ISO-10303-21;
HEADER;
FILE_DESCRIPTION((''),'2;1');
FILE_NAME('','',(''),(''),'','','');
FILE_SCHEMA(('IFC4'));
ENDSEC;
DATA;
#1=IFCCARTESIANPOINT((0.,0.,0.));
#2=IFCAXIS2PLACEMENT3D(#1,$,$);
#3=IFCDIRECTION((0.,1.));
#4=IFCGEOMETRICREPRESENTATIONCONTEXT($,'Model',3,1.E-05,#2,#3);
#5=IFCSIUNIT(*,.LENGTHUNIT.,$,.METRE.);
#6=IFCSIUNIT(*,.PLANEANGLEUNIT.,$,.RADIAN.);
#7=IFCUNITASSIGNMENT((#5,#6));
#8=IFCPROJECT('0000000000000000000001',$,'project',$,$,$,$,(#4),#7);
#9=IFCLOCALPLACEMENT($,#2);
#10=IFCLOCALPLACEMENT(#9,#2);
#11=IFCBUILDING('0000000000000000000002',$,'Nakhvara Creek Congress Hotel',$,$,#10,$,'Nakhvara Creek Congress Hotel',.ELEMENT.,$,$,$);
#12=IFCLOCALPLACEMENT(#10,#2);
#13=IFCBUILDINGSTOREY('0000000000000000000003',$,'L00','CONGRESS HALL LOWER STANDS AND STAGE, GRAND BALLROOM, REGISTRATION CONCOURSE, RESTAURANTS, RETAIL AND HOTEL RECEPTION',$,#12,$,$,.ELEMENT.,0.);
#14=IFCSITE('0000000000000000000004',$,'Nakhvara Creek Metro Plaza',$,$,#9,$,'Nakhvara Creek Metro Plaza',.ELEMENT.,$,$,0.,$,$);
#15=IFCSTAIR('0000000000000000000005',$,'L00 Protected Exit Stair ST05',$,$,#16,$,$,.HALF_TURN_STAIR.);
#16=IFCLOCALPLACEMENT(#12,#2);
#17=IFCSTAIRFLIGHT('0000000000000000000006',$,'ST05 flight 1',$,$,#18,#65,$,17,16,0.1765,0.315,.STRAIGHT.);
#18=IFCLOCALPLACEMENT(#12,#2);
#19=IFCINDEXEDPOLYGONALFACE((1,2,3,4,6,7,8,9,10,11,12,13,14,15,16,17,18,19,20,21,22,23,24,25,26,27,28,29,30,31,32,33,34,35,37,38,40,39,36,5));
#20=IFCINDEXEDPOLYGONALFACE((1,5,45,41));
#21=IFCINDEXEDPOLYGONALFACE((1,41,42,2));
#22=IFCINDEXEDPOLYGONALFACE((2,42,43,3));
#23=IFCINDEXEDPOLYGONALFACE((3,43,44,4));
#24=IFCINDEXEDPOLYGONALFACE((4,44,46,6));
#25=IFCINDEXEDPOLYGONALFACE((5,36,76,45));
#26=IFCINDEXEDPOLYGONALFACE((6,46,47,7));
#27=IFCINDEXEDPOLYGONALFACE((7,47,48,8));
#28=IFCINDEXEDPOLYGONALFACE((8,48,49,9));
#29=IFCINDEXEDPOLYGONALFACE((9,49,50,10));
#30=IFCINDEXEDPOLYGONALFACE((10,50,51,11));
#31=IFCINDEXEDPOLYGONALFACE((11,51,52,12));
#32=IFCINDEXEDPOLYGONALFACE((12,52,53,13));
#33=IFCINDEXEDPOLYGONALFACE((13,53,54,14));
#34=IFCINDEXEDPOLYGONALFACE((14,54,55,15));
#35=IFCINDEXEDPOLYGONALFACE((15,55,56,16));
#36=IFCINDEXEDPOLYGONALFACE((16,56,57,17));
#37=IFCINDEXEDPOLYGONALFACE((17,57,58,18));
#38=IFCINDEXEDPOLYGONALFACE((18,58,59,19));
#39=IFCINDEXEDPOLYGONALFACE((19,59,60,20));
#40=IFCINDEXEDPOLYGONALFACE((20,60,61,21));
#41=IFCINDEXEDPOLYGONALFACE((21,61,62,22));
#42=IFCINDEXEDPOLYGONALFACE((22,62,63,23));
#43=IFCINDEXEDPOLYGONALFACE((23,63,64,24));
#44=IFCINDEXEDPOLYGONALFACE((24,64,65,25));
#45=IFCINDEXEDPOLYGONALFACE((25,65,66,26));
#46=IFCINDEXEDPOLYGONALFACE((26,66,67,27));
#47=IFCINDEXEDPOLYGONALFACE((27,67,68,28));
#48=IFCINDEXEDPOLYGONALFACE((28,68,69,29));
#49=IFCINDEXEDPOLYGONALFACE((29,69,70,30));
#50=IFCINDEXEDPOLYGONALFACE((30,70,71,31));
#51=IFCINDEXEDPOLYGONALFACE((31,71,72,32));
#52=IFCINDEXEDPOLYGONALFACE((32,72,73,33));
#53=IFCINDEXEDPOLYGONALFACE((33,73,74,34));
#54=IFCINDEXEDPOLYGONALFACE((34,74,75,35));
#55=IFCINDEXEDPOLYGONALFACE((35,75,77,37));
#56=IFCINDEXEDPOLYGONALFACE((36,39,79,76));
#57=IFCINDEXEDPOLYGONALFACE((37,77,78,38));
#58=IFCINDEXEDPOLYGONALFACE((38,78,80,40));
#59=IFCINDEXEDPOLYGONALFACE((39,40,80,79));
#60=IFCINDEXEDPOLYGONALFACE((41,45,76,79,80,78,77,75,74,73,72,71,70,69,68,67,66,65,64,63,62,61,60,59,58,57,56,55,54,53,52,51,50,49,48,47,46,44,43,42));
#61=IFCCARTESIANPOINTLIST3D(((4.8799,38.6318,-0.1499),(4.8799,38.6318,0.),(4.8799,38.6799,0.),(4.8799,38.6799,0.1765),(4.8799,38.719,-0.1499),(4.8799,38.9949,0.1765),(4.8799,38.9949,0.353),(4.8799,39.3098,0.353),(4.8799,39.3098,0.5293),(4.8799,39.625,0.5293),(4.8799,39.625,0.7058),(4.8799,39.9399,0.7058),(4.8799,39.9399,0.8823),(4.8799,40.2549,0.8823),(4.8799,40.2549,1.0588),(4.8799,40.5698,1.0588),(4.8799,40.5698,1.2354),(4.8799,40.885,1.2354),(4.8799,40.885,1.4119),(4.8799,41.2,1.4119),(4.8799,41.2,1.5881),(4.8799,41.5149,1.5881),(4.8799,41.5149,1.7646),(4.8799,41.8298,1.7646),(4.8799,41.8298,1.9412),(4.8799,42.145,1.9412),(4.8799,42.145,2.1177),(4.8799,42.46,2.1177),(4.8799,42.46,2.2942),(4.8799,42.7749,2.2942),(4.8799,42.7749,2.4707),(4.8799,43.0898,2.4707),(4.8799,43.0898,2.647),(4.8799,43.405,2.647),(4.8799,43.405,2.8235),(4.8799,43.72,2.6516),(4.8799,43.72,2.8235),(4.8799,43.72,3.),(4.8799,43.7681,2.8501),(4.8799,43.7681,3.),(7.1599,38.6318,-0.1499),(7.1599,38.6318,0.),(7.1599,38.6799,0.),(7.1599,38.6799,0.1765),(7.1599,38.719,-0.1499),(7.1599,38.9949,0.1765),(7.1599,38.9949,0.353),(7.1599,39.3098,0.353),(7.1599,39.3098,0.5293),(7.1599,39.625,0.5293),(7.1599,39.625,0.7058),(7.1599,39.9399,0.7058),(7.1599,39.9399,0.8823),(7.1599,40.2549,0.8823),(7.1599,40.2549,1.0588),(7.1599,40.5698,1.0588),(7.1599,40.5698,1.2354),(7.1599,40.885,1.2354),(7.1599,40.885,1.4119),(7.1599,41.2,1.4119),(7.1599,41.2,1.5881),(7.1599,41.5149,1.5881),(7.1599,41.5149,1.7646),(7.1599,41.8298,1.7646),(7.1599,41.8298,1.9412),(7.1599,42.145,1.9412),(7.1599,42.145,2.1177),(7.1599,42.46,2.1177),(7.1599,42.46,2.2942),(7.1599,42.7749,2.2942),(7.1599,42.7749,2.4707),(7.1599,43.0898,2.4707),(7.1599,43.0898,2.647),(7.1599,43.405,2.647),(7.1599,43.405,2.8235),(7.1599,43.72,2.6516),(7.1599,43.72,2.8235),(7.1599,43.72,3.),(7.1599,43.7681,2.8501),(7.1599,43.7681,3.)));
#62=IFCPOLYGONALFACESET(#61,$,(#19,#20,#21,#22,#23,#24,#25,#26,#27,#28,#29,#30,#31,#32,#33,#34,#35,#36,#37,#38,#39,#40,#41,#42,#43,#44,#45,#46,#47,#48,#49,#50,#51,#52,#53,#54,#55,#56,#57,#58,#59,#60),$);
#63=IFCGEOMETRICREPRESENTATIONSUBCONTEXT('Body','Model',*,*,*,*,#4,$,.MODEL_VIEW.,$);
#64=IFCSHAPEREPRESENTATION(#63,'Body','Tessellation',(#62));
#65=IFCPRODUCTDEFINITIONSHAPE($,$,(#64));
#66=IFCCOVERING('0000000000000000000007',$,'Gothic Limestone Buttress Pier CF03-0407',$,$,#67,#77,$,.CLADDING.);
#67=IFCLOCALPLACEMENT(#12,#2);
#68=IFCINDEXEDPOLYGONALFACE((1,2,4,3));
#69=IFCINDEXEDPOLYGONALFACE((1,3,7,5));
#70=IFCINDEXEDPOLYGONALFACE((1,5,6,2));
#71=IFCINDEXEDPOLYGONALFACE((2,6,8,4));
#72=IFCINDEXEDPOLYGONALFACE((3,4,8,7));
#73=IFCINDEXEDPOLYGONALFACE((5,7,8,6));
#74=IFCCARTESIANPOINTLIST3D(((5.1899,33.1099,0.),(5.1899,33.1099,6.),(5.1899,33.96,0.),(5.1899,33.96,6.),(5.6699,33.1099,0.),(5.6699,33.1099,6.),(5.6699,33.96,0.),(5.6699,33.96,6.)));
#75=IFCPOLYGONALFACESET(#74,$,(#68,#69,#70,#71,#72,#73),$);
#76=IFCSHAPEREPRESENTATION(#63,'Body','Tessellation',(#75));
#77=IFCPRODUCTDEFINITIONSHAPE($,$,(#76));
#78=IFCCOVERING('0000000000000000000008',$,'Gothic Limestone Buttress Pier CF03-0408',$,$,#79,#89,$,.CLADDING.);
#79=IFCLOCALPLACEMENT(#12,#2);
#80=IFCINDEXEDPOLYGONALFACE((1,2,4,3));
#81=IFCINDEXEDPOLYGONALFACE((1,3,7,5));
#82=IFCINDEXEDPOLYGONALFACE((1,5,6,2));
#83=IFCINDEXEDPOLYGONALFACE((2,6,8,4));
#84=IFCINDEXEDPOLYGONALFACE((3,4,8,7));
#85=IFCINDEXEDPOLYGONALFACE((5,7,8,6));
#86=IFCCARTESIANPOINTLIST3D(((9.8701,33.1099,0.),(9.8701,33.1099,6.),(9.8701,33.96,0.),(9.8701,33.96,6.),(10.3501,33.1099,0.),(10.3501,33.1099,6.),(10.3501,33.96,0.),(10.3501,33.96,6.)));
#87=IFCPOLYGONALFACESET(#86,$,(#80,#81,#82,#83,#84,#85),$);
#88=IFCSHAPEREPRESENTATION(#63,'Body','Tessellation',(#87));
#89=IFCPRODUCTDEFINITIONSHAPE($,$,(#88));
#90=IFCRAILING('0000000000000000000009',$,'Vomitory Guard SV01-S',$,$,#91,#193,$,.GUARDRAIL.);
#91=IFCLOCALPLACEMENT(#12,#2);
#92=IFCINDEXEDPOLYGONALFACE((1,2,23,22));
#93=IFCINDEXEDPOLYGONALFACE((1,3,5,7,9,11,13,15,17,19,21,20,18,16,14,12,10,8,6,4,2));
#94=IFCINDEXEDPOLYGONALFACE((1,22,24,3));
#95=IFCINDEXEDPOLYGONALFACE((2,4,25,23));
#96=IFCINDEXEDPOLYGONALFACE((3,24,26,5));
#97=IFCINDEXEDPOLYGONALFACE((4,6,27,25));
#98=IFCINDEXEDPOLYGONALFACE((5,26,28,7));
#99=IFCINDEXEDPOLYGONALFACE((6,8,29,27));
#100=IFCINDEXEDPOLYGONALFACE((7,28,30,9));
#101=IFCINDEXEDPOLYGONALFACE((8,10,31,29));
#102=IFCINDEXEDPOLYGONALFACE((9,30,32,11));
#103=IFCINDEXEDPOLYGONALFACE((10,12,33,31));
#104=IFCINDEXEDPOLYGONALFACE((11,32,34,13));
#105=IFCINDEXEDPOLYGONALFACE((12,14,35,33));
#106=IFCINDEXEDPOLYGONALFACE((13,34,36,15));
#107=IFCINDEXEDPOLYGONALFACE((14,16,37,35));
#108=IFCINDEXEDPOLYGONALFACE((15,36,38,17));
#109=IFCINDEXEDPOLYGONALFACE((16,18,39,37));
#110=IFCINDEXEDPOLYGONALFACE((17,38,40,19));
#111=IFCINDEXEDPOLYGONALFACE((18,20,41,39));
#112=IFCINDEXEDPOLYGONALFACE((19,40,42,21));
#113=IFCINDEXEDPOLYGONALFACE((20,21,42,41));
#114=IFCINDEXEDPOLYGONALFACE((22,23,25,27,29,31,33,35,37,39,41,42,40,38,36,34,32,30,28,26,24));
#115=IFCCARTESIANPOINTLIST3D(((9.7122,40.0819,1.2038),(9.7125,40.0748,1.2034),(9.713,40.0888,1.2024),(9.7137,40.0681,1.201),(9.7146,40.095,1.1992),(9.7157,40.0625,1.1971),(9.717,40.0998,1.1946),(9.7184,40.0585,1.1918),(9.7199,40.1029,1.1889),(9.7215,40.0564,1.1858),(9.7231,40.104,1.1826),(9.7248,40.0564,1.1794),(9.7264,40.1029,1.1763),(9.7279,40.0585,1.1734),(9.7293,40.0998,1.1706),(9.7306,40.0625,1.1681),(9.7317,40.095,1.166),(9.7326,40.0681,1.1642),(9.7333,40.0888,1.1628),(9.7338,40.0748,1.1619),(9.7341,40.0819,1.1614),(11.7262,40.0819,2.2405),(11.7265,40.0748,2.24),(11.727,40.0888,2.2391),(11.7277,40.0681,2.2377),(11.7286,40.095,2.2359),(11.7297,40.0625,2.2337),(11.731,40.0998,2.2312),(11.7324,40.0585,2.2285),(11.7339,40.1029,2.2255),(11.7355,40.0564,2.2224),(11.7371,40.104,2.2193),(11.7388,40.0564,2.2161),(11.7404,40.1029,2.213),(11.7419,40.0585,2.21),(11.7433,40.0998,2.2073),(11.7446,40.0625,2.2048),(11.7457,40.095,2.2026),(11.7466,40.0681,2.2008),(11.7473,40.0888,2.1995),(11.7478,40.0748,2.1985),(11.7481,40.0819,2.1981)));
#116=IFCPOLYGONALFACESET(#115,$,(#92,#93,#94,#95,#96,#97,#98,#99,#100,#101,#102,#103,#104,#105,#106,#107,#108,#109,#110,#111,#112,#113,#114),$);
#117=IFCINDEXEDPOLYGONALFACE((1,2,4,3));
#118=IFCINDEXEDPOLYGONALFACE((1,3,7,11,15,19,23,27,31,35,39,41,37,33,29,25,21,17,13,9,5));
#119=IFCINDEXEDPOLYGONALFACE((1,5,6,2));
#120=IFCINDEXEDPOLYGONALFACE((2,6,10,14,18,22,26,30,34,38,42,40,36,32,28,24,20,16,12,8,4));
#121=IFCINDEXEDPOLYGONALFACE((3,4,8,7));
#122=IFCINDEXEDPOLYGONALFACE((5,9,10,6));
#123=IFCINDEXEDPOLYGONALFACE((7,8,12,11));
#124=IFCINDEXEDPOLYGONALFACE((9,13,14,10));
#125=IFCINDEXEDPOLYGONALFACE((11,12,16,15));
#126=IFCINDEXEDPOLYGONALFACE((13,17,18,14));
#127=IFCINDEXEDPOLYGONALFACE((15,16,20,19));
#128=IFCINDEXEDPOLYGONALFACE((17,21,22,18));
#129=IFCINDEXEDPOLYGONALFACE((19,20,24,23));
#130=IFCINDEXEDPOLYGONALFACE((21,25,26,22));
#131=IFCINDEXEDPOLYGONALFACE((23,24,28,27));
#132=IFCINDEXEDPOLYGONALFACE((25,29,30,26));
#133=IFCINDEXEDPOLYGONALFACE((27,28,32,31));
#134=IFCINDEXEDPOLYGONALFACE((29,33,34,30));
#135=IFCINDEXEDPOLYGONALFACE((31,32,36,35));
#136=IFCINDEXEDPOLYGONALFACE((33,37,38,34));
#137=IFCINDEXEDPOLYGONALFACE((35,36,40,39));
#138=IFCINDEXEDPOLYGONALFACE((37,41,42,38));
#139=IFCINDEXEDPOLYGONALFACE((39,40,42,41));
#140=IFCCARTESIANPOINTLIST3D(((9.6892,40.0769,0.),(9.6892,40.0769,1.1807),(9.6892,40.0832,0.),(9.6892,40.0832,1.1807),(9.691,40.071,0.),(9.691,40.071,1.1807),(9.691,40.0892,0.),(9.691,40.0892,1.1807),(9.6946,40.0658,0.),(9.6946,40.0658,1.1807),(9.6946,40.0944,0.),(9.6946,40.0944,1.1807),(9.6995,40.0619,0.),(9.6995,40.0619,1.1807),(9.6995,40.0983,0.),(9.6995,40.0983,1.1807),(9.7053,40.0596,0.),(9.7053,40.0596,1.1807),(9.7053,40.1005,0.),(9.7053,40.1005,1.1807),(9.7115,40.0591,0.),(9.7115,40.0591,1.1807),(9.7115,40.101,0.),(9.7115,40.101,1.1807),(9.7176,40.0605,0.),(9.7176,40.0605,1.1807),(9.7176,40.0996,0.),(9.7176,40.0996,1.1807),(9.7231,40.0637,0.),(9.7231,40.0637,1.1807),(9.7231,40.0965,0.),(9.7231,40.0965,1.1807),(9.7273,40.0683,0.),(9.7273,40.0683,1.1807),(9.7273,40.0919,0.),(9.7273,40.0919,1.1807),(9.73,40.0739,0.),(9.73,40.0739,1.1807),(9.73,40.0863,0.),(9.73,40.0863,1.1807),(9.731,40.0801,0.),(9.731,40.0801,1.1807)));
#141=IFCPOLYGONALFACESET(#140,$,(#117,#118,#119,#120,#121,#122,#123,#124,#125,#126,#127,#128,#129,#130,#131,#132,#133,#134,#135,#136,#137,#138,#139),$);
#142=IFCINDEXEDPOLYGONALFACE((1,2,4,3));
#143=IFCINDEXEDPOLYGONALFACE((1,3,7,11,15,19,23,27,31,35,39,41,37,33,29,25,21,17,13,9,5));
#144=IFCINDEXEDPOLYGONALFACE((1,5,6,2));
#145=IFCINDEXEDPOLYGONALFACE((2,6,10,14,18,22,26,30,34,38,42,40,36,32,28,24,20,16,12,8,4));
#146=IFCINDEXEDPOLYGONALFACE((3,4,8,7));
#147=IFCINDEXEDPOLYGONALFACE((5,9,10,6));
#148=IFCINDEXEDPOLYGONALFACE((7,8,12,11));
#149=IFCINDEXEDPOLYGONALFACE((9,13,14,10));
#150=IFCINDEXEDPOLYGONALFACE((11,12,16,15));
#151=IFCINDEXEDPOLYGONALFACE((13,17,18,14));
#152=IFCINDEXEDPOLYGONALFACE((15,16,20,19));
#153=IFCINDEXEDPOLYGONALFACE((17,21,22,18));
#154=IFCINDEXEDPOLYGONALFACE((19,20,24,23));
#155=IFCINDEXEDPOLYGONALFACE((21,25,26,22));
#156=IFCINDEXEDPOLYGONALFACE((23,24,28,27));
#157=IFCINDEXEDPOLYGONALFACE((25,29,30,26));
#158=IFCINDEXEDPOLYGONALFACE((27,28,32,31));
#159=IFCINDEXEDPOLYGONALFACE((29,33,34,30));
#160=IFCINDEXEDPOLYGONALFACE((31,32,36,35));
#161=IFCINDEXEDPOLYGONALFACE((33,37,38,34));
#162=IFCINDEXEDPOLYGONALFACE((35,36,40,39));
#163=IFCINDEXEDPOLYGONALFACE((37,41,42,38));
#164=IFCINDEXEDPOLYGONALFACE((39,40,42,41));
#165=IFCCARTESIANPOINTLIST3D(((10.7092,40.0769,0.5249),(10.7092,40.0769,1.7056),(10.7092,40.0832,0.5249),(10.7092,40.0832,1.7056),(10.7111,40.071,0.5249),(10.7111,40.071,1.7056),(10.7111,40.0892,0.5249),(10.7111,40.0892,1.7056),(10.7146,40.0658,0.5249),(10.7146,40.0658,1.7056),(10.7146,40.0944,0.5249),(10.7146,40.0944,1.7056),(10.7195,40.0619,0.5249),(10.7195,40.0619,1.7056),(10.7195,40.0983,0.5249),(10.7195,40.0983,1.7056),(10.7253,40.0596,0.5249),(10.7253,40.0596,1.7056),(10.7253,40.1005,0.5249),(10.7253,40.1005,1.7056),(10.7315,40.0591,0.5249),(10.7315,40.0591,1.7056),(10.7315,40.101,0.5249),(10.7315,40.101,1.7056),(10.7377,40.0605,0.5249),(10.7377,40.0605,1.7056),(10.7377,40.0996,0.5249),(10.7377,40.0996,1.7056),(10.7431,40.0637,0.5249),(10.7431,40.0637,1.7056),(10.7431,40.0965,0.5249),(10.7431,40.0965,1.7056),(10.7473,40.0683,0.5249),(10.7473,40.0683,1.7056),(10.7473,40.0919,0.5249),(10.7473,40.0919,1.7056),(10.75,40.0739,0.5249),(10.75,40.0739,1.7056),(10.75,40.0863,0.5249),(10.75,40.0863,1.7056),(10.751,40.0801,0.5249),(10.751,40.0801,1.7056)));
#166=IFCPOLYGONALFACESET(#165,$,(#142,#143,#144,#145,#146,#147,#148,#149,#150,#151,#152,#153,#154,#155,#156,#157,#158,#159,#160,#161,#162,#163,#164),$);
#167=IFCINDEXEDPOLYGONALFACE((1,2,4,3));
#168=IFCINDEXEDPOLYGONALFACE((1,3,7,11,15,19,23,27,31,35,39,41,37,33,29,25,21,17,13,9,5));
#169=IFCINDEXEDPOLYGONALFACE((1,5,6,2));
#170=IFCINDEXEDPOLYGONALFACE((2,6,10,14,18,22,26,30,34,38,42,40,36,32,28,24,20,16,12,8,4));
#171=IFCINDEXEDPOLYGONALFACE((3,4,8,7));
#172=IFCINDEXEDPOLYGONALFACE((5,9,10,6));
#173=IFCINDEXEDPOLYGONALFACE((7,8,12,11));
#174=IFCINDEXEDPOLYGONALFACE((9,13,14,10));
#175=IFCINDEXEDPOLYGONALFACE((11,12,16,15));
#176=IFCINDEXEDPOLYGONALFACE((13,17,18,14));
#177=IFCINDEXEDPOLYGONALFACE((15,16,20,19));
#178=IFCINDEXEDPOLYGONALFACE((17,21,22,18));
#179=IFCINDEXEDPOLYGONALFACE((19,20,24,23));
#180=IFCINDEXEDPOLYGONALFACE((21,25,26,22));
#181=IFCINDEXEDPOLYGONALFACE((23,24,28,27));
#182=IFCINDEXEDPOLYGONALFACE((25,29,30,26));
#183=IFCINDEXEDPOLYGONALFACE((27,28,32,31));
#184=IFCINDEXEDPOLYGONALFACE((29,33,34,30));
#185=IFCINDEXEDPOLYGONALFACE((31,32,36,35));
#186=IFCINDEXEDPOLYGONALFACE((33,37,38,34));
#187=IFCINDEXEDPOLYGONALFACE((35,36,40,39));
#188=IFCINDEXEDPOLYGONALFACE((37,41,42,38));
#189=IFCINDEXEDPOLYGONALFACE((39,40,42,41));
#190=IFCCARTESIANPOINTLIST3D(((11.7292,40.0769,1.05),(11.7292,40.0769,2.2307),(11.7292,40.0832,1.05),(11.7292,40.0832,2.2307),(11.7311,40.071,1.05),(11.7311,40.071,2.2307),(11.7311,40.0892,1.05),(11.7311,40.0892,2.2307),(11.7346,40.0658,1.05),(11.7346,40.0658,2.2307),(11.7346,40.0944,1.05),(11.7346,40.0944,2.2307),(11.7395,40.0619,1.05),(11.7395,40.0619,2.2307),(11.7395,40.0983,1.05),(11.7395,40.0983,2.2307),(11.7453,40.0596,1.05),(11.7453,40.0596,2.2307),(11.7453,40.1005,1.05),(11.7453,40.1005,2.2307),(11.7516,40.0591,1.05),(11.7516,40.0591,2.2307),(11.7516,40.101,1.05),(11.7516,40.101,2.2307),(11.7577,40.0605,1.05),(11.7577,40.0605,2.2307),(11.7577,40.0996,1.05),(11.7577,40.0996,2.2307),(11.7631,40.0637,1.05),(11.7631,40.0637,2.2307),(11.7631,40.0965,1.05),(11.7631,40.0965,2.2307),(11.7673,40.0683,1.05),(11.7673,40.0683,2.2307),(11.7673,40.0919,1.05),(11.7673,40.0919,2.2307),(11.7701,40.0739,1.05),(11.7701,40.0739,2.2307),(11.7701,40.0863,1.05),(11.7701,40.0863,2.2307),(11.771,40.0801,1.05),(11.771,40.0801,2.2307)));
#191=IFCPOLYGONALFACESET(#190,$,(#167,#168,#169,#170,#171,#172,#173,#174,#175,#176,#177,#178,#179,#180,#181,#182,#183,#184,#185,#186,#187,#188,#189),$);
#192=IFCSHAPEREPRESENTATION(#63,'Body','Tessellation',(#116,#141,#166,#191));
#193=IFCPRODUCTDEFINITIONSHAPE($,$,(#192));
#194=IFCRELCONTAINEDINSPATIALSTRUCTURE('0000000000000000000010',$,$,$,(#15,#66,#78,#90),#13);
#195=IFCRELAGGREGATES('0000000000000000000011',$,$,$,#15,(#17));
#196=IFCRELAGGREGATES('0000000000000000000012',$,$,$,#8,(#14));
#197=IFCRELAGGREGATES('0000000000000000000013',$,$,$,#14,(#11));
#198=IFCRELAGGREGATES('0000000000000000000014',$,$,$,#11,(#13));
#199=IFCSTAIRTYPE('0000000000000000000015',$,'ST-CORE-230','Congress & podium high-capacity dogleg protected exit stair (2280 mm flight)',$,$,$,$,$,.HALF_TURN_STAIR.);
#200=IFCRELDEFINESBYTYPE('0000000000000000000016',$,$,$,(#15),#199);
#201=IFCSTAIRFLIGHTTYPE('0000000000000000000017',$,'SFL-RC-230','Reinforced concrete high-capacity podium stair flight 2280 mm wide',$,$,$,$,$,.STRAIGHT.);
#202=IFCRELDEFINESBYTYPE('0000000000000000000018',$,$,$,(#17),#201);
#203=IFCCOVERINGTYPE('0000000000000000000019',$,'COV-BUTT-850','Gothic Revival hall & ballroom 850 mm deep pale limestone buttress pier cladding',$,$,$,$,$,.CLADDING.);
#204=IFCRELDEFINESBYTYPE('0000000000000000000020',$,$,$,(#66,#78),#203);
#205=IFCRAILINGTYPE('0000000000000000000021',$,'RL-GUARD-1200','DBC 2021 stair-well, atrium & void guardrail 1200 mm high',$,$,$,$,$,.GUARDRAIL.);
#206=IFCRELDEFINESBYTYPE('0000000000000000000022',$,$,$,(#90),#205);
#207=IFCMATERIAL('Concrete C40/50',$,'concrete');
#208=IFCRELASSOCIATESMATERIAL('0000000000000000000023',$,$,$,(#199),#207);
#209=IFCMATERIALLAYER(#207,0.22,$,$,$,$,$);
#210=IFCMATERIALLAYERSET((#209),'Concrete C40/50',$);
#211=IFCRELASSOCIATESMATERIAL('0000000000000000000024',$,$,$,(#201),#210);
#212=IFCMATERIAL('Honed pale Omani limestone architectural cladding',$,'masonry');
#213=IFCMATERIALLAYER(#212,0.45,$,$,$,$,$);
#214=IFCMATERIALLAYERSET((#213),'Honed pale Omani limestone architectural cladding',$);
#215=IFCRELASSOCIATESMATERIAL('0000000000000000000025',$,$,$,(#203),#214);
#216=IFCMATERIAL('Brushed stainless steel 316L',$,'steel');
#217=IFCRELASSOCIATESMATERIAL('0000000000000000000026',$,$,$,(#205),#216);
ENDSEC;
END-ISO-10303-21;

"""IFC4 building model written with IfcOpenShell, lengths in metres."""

from ifc_helpers import new_model, si_unit, direction, frame, origin, origin_2d, place, context, subcontext, project, spatial, polyline, rectangle, circle, outline, extrude, material, layer, layer_set, type_object, element, aggregate, save


model = new_model("IFC4")

# Units and contexts
model_context = context("Model", 3, precision=1e-05, world=origin(), true_north=direction((0.0, 1.0)))
body_context = subcontext(model_context, "Body", "Model", "MODEL_VIEW")
ifc_project = project(units=[si_unit("LENGTHUNIT", "METRE"), si_unit("PLANEANGLEUNIT", "RADIAN")], contexts=[model_context])

# Site, building, storey
site_placement = place(None, origin())
site = spatial("IfcSite", under=ifc_project, at=site_placement, Name="Nakhvara Creek Metro Plaza", LongName="Nakhvara Creek Metro Plaza", CompositionType="ELEMENT", RefElevation=0.0)
building_placement = place(site_placement, origin())
building = spatial("IfcBuilding", under=site, at=building_placement, Name="Nakhvara Creek Congress Hotel", LongName="Nakhvara Creek Congress Hotel", CompositionType="ELEMENT")
storey_placement = place(building_placement, origin())
storey = spatial("IfcBuildingStorey", under=building, at=storey_placement, Name="L00", Description="CONGRESS HALL LOWER STANDS AND STAGE, GRAND BALLROOM, REGISTRATION CONCOURSE, RESTAURANTS, RETAIL AND HOTEL RECEPTION", CompositionType="ELEMENT", Elevation=0.0)

# Shared definitions
ifc_material_1 = material(Name="Concrete C40/50", Category="concrete")

# Stair, stair flight
stair_type_1 = type_object("IfcStairType", Name="ST-CORE-230", Description="Congress & podium high-capacity dogleg protected exit stair (2280 mm flight)", PredefinedType="HALF_TURN_STAIR", material=ifc_material_1)
stair_1_placement = place(storey_placement, origin())
stair_1 = element("IfcStair", 1, at=stair_1_placement, inside=storey, type_object=stair_type_1, Name="L00 Protected Exit Stair ST05", PredefinedType="HALF_TURN_STAIR")
ifc_layer_1 = layer(ifc_material_1, 0.22)
ifc_layer_set_1 = layer_set([ifc_layer_1], Name="Concrete C40/50")
stair_flight_type_1 = type_object("IfcStairFlightType", Name="SFL-RC-230", Description="Reinforced concrete high-capacity podium stair flight 2280 mm wide", PredefinedType="STRAIGHT", material=ifc_layer_set_1)
stair_flight_1_placement = place(storey_placement, frame((6.02, 38.6799, 0.0), z_axis=(0.0, 0.0, 1.0), x_axis=(0.0, 1.0, 0.0)))
stair_flight_1 = element("IfcStairFlight", 2, at=stair_flight_1_placement, type_object=stair_flight_type_1, Name="ST05 flight 1", NumberOfRisers=17, NumberOfTreads=16, PredefinedType="STRAIGHT", RiserHeight=0.1765, TreadLength=0.315, context=body_context, shape_type="SweptSolid", body=[
    extrude(outline(polyline([(-0.0481, 0.0), (0.0, 0.0), (0.0, 0.1765), (0.3149, 0.1765), (0.3149, 0.353), (0.6299, 0.353), (0.6299, 0.5293), (0.9451, 0.5293), (0.9451, 0.7058), (1.26, 0.7058), (1.26, 0.8823), (1.575, 0.8823), (1.575, 1.0588), (1.8899, 1.0588), (1.8899, 1.2354), (2.2051, 1.2354), (2.2051, 1.4119), (2.52, 1.4119), (2.52, 1.5881), (2.835, 1.5881), (2.835, 1.7646), (3.1499, 1.7646), (3.1499, 1.9412), (3.4651, 1.9412), (3.4651, 2.1177), (3.78, 2.1177), (3.78, 2.2942), (4.095, 2.2942), (4.095, 2.4707), (4.4099, 2.4707), (4.4099, 2.647), (4.7251, 2.647), (4.7251, 2.8235), (5.04, 2.8235), (5.04, 3.0), (5.0881, 3.0), (5.0881, 2.8501), (5.04, 2.6516), (0.0391, -0.1499), (-0.0481, -0.1499), (-0.0481, 0.0)])), frame((0.0, 1.1401, 0.0), z_axis=(0.0, -1.0, 0.0), x_axis=(1.0, 0.0, 0.0)), (0.0, 0.0, 1.0), 2.28),
])
aggregate(stair_1, [stair_flight_1])

# Coverings
ifc_material_2 = material(Name="Honed pale Omani limestone architectural cladding", Category="masonry")
ifc_layer_2 = layer(ifc_material_2, 0.45)
ifc_layer_set_2 = layer_set([ifc_layer_2], Name="Honed pale Omani limestone architectural cladding")
covering_type = type_object("IfcCoveringType", Name="COV-BUTT-850", Description="Gothic Revival hall & ballroom 850 mm deep pale limestone buttress pier cladding", PredefinedType="CLADDING", material=ifc_layer_set_2)
for number, where, z_axis, x_axis, name in (
    (3, (5.4299, 33.5349, 0.0), (0.0, 0.0, 1.0), (1.0, 0.0, 0.0), "Gothic Limestone Buttress Pier CF03-0407"),
    (4, (10.1101, 33.5349, 0.0), (0.0, 0.0, 1.0), (1.0, 0.0, 0.0), "Gothic Limestone Buttress Pier CF03-0408"),
):
    element("IfcCovering", number, at=place(storey_placement, frame(where, z_axis=z_axis, x_axis=x_axis)), inside=storey, type_object=covering_type, Name=name, PredefinedType="CLADDING", context=body_context, shape_type="SweptSolid", body=[
        extrude(rectangle(XDim=0.48, YDim=0.8501, at=origin_2d()), origin(), (0.0, 0.0, 1.0), 6.0),
    ])

# Railing
ifc_material_3 = material(Name="Brushed stainless steel 316L", Category="steel")
railing_type_1 = type_object("IfcRailingType", Name="RL-GUARD-1200", Description="DBC 2021 stair-well, atrium & void guardrail 1200 mm high", PredefinedType="GUARDRAIL", material=ifc_material_3)
for number, where, name in (
    (5, (9.71, 40.0801, 0.0), "Vomitory Guard SV01-S"),
):
    element("IfcRailing", number, at=place(storey_placement, frame(where)), inside=storey, type_object=railing_type_1, Name=name, PredefinedType="GUARDRAIL", context=body_context, shape_type="SweptSolid", body=[
        extrude(circle(Radius=0.0239, at=origin_2d()), frame((0.0132, 0.0, 1.1826), z_axis=(0.889131, 0.0, 0.457653), x_axis=(0.0, 1.0, 0.0)), (0.0, 0.0, 1.0), 2.2651),
        extrude(circle(Radius=0.021, at=origin_2d()), origin(), (0.0, 0.0, 1.0), 1.1807),
        extrude(circle(Radius=0.021, at=origin_2d()), frame((1.02, 0.0, 0.5249)), (0.0, 0.0, 1.0), 1.1807),
        extrude(circle(Radius=0.021, at=origin_2d()), frame((2.04, 0.0, 1.05)), (0.0, 0.0, 1.0), 1.1807),
    ])

save(model, "model.ifc")
